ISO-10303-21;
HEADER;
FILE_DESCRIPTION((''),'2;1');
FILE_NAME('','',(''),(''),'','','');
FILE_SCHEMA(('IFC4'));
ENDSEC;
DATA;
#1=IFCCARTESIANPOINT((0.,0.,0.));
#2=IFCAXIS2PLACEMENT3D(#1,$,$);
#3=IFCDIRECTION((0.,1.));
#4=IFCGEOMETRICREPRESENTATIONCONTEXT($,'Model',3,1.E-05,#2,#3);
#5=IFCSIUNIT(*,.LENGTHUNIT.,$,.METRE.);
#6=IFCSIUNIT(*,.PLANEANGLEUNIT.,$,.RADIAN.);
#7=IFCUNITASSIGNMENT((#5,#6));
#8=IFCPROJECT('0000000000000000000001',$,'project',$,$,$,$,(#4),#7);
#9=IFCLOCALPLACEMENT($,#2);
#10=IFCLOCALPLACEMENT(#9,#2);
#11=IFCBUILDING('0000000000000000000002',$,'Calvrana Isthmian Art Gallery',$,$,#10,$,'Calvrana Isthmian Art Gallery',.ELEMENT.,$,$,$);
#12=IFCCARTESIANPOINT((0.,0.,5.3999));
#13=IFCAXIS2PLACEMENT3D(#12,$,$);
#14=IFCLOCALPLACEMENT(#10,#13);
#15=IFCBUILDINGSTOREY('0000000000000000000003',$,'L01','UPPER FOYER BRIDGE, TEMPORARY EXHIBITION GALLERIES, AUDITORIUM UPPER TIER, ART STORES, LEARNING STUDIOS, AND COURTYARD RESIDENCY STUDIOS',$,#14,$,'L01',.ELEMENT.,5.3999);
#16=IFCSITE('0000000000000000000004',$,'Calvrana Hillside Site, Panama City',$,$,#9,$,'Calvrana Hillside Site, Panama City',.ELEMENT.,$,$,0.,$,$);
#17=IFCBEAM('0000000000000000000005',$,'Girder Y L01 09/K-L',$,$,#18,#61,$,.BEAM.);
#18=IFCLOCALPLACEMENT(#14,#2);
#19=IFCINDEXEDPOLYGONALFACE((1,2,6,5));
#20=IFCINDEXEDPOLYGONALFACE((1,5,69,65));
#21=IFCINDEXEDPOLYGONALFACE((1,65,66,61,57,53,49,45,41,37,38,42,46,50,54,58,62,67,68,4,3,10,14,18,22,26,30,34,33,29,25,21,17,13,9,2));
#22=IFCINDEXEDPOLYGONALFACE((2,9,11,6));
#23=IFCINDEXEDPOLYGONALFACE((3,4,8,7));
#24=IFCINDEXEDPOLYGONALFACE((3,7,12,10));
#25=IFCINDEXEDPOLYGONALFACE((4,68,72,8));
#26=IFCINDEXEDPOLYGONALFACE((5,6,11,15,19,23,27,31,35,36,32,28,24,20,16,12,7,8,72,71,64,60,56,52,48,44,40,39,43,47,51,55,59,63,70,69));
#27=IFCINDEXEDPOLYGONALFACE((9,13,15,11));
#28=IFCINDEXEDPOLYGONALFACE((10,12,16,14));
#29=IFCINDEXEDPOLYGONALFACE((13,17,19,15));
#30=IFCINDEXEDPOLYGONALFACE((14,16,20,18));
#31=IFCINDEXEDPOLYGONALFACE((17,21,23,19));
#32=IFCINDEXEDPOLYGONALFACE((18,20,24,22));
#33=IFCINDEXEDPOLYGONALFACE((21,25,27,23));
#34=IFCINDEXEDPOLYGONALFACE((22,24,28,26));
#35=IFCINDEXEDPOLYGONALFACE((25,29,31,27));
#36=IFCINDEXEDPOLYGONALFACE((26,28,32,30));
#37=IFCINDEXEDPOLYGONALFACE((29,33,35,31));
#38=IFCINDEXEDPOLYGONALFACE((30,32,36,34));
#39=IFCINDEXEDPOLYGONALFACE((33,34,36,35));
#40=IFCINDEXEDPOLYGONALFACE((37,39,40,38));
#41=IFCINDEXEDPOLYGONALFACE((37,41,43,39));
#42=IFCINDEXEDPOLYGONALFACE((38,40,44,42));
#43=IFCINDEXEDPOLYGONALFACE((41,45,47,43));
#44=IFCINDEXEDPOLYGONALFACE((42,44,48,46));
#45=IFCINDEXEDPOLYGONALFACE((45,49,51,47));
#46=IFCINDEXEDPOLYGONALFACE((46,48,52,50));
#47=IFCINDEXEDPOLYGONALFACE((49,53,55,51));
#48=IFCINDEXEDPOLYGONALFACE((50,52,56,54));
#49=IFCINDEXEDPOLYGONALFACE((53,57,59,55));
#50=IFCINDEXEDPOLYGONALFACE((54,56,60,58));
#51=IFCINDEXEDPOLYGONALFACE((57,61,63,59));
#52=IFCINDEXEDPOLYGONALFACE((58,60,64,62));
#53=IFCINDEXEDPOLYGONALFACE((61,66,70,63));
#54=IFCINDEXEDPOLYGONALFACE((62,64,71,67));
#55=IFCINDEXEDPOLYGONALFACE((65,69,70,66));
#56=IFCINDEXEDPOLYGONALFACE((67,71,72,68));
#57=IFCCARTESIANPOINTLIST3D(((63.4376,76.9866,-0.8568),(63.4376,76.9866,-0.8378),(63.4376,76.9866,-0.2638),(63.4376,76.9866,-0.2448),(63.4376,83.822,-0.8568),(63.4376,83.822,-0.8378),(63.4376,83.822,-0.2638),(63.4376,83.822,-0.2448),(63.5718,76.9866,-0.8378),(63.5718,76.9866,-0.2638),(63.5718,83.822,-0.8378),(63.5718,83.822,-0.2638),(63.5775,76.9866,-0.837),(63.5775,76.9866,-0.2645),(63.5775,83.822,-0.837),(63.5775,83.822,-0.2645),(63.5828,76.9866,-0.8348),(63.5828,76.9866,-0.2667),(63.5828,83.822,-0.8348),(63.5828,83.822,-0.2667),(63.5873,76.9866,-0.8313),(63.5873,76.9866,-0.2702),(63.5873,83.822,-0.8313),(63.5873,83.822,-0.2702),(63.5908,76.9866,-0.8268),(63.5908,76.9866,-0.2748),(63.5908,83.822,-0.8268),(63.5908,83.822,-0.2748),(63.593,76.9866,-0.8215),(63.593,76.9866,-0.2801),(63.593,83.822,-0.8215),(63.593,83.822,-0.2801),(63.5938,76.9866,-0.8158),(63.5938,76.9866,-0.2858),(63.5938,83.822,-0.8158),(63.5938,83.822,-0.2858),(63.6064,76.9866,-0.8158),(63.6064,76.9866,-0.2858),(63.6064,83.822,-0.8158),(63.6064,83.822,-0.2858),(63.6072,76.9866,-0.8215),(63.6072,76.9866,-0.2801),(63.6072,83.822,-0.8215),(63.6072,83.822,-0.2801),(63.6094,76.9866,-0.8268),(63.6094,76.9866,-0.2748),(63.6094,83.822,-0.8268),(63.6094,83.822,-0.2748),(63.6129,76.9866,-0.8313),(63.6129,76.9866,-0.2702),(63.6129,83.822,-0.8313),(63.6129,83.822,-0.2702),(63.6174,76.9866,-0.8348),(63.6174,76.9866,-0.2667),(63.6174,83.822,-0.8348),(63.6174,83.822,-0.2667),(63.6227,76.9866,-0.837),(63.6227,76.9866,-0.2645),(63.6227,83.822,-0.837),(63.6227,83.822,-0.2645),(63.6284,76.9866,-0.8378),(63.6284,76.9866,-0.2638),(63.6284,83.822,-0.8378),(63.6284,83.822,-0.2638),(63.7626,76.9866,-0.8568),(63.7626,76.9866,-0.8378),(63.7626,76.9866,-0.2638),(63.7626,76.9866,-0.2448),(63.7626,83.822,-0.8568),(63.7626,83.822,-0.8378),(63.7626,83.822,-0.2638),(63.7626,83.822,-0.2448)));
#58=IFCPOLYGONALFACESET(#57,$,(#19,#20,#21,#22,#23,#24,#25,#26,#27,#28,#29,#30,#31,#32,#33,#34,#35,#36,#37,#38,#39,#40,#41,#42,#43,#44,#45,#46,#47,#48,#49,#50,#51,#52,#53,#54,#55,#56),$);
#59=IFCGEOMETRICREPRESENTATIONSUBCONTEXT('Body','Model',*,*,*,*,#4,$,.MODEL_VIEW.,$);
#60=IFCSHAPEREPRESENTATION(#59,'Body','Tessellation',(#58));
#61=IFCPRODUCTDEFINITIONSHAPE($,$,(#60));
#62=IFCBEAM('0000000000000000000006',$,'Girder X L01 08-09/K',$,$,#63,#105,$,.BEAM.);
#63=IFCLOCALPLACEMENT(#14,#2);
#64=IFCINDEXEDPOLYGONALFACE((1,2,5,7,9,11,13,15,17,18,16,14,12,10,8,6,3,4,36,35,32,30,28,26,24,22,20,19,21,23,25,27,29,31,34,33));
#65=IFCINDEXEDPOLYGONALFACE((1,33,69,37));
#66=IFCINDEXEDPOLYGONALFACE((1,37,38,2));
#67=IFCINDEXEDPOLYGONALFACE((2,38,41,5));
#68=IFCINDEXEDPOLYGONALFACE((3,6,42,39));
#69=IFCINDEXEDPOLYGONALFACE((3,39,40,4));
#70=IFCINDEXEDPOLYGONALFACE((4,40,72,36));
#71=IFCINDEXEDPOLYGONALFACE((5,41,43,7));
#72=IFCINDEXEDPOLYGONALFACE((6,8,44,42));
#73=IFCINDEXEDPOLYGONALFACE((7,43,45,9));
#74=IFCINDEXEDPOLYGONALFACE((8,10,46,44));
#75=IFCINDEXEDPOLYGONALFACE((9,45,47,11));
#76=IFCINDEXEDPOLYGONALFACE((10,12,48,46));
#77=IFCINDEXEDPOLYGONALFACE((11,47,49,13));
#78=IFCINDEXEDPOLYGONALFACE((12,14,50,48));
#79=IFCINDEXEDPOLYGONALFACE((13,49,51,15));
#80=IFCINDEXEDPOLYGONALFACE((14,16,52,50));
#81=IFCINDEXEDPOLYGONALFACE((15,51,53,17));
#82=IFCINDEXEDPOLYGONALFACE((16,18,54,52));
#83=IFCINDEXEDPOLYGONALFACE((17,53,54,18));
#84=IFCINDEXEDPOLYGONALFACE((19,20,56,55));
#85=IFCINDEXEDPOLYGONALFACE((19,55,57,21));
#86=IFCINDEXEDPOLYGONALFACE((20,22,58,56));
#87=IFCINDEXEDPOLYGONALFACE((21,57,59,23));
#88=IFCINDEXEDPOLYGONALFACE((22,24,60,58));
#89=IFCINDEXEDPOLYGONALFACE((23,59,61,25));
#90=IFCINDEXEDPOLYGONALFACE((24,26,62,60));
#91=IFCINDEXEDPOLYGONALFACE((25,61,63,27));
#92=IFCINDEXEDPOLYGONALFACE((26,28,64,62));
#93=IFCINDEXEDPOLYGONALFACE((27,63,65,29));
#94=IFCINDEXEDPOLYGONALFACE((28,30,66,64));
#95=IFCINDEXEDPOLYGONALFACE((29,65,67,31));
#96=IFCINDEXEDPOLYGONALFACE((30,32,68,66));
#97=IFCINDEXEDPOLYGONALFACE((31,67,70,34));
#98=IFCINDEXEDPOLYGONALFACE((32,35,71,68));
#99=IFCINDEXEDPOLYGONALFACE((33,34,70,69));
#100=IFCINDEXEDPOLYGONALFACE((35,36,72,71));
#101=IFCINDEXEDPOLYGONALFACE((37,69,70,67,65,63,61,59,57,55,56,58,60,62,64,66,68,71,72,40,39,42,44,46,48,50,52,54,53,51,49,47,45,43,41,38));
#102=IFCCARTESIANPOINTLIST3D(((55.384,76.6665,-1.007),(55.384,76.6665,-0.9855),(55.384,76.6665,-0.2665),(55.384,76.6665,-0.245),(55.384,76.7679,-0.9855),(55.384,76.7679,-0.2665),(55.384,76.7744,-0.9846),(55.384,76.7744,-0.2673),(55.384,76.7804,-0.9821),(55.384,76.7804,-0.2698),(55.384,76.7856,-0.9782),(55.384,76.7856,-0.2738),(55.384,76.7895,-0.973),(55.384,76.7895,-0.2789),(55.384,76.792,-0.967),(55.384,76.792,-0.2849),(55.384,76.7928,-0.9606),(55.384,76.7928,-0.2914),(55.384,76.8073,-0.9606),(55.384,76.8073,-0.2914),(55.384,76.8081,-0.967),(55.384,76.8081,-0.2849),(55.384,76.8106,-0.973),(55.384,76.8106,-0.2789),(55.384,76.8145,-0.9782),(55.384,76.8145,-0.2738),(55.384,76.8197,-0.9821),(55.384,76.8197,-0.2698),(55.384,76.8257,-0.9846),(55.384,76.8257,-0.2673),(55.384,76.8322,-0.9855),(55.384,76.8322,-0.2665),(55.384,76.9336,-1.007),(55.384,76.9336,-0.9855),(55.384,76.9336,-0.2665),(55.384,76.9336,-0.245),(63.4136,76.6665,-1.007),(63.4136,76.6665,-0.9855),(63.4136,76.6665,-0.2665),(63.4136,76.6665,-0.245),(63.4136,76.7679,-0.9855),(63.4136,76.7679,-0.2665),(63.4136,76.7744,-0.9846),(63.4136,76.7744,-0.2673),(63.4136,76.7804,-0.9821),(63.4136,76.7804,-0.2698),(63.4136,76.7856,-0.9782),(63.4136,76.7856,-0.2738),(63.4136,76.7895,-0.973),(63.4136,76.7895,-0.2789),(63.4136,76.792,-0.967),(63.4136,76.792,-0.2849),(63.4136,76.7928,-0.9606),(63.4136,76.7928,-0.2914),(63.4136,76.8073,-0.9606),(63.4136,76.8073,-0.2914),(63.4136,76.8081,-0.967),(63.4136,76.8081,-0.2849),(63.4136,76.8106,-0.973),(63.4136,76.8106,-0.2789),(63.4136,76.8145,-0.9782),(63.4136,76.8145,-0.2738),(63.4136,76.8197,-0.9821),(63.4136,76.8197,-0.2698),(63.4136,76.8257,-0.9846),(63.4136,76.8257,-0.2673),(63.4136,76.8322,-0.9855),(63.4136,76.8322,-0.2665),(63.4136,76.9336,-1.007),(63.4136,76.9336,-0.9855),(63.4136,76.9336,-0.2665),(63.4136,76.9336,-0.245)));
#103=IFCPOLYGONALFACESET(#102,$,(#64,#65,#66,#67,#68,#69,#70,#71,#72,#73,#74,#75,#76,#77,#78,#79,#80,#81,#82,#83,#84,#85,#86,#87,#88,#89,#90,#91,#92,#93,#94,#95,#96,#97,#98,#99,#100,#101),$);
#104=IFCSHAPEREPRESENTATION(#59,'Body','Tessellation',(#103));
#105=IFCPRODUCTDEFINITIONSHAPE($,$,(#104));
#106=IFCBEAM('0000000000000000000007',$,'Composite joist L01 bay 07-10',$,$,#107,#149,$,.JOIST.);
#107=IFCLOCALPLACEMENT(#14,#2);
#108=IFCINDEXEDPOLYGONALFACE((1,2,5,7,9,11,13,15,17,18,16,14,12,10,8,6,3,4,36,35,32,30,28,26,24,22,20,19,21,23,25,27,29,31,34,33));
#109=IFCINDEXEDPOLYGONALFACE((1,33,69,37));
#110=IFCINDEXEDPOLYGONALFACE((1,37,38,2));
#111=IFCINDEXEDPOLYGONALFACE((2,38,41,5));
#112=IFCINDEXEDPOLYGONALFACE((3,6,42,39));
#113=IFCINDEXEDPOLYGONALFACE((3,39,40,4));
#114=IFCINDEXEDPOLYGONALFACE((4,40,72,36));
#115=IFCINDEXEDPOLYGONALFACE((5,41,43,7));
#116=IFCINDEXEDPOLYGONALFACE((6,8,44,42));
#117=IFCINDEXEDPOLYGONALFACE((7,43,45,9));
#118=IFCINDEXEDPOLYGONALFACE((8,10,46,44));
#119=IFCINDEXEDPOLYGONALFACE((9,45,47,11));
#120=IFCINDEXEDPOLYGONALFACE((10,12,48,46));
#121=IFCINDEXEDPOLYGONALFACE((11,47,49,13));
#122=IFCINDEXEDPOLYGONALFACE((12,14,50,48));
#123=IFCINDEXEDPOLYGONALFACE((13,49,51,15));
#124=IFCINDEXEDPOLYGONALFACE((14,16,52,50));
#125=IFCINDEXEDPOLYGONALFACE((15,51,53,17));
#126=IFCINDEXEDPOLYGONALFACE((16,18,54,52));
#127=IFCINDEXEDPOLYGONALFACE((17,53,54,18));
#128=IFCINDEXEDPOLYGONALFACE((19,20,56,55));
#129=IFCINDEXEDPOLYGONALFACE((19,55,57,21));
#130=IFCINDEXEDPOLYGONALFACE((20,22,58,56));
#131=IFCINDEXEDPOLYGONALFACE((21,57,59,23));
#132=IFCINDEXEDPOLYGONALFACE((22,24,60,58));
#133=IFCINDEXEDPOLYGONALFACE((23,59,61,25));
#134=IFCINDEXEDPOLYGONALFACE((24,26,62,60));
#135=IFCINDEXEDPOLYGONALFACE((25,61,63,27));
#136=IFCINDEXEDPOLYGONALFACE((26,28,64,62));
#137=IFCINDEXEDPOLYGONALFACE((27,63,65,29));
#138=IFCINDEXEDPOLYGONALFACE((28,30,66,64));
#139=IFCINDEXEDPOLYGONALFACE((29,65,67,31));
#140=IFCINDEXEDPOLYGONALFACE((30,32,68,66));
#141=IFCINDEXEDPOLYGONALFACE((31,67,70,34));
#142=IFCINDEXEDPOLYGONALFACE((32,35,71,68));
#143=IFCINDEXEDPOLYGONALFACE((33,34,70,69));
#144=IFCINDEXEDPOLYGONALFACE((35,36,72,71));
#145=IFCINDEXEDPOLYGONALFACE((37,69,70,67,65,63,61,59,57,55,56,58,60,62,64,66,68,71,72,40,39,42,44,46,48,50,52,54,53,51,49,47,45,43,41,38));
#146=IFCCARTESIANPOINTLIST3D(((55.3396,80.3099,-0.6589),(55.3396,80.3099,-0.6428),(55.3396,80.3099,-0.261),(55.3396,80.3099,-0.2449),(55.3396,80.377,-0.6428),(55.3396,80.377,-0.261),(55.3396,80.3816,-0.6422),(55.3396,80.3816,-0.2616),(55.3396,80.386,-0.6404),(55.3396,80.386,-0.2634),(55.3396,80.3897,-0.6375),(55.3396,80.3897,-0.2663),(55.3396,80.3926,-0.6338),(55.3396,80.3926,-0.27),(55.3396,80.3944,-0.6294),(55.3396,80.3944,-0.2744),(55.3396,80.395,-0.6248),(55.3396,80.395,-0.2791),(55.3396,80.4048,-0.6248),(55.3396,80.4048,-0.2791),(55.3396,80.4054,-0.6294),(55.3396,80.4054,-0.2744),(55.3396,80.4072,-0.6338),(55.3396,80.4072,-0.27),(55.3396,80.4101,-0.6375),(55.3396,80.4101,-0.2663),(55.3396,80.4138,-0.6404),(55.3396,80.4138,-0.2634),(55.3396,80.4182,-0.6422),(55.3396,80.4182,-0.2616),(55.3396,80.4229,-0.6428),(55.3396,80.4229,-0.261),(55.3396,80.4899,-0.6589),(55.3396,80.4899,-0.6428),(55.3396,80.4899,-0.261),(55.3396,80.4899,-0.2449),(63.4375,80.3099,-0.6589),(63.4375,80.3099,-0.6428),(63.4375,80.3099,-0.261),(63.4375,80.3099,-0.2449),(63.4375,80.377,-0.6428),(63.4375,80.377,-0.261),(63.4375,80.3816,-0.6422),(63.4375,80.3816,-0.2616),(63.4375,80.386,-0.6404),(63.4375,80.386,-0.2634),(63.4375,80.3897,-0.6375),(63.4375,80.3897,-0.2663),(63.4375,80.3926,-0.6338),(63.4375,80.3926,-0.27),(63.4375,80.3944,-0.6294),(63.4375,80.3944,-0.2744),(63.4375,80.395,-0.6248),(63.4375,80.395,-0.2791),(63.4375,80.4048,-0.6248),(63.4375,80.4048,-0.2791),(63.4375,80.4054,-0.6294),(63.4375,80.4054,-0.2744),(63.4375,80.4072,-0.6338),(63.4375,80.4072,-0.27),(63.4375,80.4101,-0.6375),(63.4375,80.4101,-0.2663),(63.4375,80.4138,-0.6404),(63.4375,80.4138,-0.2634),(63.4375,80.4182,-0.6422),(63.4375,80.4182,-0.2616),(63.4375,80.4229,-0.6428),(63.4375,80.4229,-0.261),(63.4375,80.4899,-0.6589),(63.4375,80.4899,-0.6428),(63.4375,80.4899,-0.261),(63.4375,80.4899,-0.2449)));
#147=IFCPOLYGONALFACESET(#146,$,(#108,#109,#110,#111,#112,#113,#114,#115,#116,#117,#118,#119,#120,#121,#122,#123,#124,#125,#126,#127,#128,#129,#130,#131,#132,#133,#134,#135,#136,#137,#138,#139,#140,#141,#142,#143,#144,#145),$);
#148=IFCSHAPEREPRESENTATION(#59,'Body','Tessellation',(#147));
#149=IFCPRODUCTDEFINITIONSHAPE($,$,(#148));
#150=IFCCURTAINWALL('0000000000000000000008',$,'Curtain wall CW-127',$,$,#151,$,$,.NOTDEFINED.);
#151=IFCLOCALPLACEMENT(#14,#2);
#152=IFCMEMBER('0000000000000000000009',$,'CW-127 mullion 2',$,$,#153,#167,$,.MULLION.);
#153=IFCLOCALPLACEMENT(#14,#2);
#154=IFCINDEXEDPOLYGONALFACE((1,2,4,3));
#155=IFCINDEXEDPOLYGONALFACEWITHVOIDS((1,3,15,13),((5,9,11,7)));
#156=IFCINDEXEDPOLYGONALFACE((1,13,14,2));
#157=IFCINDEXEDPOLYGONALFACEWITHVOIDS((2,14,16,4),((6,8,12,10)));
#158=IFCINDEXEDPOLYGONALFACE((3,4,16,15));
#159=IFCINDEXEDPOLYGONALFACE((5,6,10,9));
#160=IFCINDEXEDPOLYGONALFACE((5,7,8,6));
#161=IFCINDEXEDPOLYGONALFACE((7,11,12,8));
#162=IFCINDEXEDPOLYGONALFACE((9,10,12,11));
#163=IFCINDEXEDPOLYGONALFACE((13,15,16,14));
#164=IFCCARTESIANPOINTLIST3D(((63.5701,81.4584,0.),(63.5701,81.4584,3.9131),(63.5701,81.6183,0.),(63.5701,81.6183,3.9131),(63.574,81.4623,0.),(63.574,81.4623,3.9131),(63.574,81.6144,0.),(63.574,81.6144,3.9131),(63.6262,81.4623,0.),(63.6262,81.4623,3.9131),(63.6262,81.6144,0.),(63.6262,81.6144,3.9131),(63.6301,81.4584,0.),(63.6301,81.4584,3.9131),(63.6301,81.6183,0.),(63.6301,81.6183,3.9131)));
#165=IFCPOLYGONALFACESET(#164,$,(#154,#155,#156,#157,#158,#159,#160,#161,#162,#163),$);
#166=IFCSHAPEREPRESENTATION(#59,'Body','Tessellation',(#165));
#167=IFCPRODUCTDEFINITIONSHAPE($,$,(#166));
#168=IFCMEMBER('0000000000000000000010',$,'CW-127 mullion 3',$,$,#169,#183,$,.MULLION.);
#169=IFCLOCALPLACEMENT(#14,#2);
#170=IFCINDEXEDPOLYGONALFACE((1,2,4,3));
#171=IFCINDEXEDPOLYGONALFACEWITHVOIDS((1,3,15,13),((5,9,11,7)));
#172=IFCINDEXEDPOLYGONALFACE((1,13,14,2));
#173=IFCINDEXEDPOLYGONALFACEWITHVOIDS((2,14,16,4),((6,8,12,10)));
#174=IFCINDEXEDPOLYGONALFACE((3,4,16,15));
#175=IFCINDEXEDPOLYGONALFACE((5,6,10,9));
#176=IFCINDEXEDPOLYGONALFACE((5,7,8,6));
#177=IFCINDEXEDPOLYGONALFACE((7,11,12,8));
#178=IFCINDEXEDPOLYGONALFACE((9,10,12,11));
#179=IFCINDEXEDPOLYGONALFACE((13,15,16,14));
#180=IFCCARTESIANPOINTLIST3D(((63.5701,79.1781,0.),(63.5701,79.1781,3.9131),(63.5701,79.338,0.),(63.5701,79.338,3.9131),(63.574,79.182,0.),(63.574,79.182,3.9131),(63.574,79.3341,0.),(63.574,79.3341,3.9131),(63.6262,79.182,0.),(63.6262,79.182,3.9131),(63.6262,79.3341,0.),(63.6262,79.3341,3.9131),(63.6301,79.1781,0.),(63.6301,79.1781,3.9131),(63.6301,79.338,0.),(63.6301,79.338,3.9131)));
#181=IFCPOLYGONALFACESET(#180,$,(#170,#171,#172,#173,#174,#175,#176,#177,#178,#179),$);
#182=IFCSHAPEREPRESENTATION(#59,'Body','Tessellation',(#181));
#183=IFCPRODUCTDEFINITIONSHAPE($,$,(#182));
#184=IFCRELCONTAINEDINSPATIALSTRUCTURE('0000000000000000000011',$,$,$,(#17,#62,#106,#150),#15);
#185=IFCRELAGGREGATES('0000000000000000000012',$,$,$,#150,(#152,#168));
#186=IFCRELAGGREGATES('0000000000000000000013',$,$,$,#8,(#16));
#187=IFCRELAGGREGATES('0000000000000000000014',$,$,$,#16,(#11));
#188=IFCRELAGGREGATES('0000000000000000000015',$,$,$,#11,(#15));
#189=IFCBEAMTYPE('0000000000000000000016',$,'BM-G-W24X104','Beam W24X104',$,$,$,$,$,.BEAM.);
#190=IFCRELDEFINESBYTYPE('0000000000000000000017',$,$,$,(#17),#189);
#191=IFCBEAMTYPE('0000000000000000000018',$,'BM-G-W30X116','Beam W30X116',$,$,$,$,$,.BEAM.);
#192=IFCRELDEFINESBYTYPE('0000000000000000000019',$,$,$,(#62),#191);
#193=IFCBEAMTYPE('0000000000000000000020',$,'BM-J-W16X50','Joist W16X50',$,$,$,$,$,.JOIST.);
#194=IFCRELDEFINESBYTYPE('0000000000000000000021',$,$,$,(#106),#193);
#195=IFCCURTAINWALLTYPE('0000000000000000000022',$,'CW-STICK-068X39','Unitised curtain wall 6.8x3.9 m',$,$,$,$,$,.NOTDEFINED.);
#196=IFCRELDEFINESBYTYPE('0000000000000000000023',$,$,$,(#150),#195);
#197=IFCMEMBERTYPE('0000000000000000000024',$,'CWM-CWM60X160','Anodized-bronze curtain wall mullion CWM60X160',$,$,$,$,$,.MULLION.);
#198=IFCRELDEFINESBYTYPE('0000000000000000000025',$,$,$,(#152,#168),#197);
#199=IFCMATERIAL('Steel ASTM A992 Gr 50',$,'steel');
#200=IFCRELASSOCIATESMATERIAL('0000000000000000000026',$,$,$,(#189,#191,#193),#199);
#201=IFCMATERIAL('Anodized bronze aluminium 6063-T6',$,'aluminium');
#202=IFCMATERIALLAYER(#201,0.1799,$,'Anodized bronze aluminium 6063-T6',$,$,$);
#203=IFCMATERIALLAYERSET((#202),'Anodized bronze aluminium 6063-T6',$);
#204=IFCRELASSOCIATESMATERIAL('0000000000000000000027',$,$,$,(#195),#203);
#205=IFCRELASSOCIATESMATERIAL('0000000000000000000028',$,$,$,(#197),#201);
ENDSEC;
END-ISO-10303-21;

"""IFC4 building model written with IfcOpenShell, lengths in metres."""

from ifc_helpers import new_model, si_unit, direction, frame, origin, origin_2d, place, context, subcontext, project, spatial, hollow_rectangle, i_section, extrude, material, layer, layer_set, material_profile, profile_set, type_object, element, aggregate, save


model = new_model("IFC4")

# Units and contexts
model_context = context("Model", 3, precision=1e-05, world=origin(), true_north=direction((0.0, 1.0)))
body_context = subcontext(model_context, "Body", "Model", "MODEL_VIEW")
ifc_project = project(units=[si_unit("LENGTHUNIT", "METRE"), si_unit("PLANEANGLEUNIT", "RADIAN")], contexts=[model_context])

# Site, building, storey
site_placement = place(None, origin())
site = spatial("IfcSite", under=ifc_project, at=site_placement, Name="Calvrana Hillside Site, Panama City", LongName="Calvrana Hillside Site, Panama City", CompositionType="ELEMENT", RefElevation=0.0)
building_placement = place(site_placement, origin())
building = spatial("IfcBuilding", under=site, at=building_placement, Name="Calvrana Isthmian Art Gallery", LongName="Calvrana Isthmian Art Gallery", CompositionType="ELEMENT")
storey_placement = place(building_placement, frame((0.0, 0.0, 5.3999)))
storey = spatial("IfcBuildingStorey", under=building, at=storey_placement, Name="L01", Description="UPPER FOYER BRIDGE, TEMPORARY EXHIBITION GALLERIES, AUDITORIUM UPPER TIER, ART STORES, LEARNING STUDIOS, AND COURTYARD RESIDENCY STUDIOS", LongName="L01", CompositionType="ELEMENT", Elevation=5.3999)

# Shared definitions
ifc_material_1 = material(Name="Steel ASTM A992 Gr 50", Category="steel")

# Beams
ifc_material_profile_1 = material_profile(ifc_material_1, i_section(OverallWidth=0.325, OverallDepth=0.6121, WebThickness=0.0127, FlangeThickness=0.019, FilletRadius=0.022, at=origin_2d()), Name="W24X104")
ifc_profile_set_1 = profile_set([ifc_material_profile_1], Name="Steel ASTM A992 Gr 50")
beam_type_1 = type_object("IfcBeamType", Name="BM-G-W24X104", Description="Beam W24X104", PredefinedType="BEAM", material=ifc_profile_set_1)
beam_1_placement = place(storey_placement, frame((63.6001, 76.9866, -0.5508), z_axis=(0.0, 1.0, 0.0), x_axis=(-1.0, 0.0, 0.0)))
element("IfcBeam", 1, at=beam_1_placement, inside=storey, type_object=beam_type_1, Name="Girder Y L01 09/K-L", PredefinedType="BEAM", context=body_context, shape_type="SweptSolid", body=[
    extrude(i_section(OverallWidth=0.325, OverallDepth=0.6121, WebThickness=0.0127, FlangeThickness=0.019, FilletRadius=0.022, at=origin_2d()), origin(), (0.0, 0.0, 1.0), 6.8354),
])
ifc_material_profile_2 = material_profile(ifc_material_1, i_section(OverallWidth=0.2671, OverallDepth=0.762, WebThickness=0.0144, FlangeThickness=0.0215, FilletRadius=0.0249, at=origin_2d()), Name="W30X116")
ifc_profile_set_2 = profile_set([ifc_material_profile_2], Name="Steel ASTM A992 Gr 50")
beam_type_2 = type_object("IfcBeamType", Name="BM-G-W30X116", Description="Beam W30X116", PredefinedType="BEAM", material=ifc_profile_set_2)
beam_2_placement = place(storey_placement, frame((55.384, 76.8, -0.626), z_axis=(1.0, 0.0, 0.0), x_axis=(0.0, 1.0, 0.0)))
element("IfcBeam", 2, at=beam_2_placement, inside=storey, type_object=beam_type_2, Name="Girder X L01 08-09/K", PredefinedType="BEAM", context=body_context, shape_type="SweptSolid", body=[
    extrude(i_section(OverallWidth=0.2671, OverallDepth=0.762, WebThickness=0.0144, FlangeThickness=0.0215, FilletRadius=0.0249, at=origin_2d()), origin(), (0.0, 0.0, 1.0), 8.0295),
])
ifc_material_profile_3 = material_profile(ifc_material_1, i_section(OverallWidth=0.1799, OverallDepth=0.4141, WebThickness=0.0098, FlangeThickness=0.0161, FilletRadius=0.0181, at=origin_2d()), Name="W16X50")
ifc_profile_set_3 = profile_set([ifc_material_profile_3], Name="Steel ASTM A992 Gr 50")
beam_type_3 = type_object("IfcBeamType", Name="BM-J-W16X50", Description="Joist W16X50", PredefinedType="JOIST", material=ifc_profile_set_3)
beam_3_placement = place(storey_placement, frame((55.3396, 80.3999, -0.4519), z_axis=(1.0, 0.0, 0.0), x_axis=(0.0, 1.0, 0.0)))
element("IfcBeam", 3, at=beam_3_placement, inside=storey, type_object=beam_type_3, Name="Composite joist L01 bay 07-10", PredefinedType="JOIST", context=body_context, shape_type="SweptSolid", body=[
    extrude(i_section(OverallWidth=0.1799, OverallDepth=0.4141, WebThickness=0.0098, FlangeThickness=0.0161, FilletRadius=0.0181, at=origin_2d()), origin(), (0.0, 0.0, 1.0), 8.0979),
])

# Curtain wall, members
ifc_material_2 = material(Name="Anodized bronze aluminium 6063-T6", Category="aluminium")
ifc_layer_1 = layer(ifc_material_2, 0.1799, Name="Anodized bronze aluminium 6063-T6")
ifc_layer_set_1 = layer_set([ifc_layer_1], Name="Anodized bronze aluminium 6063-T6")
curtain_wall_type = type_object("IfcCurtainWallType", Name="CW-STICK-068X39", Description="Unitised curtain wall 6.8x3.9 m", PredefinedType="NOTDEFINED", material=ifc_layer_set_1)
curtain_wall_placement = place(storey_placement, origin())
curtain_wall = element("IfcCurtainWall", 4, at=curtain_wall_placement, inside=storey, type_object=curtain_wall_type, Name="Curtain wall CW-127", PredefinedType="NOTDEFINED")
ifc_material_profile_4 = material_profile(ifc_material_2, hollow_rectangle(XDim=0.0601, YDim=0.1599, WallThickness=0.0039, at=origin_2d()), Name="CWM60X160")
ifc_profile_set_4 = profile_set([ifc_material_profile_4], Name="Anodized bronze aluminium 6063-T6")
member_type_1 = type_object("IfcMemberType", Name="CWM-CWM60X160", Description="Anodized-bronze curtain wall mullion CWM60X160", PredefinedType="MULLION", material=ifc_profile_set_4)
member_1_placement = place(storey_placement, frame((63.6001, 81.5383, 0.0), z_axis=(0.0, 0.0, 1.0), x_axis=(1.0, 0.0, 0.0)))
member_1 = element("IfcMember", 5, at=member_1_placement, type_object=member_type_1, Name="CW-127 mullion 2", PredefinedType="MULLION", context=body_context, shape_type="SweptSolid", body=[
    extrude(hollow_rectangle(XDim=0.0601, YDim=0.1599, WallThickness=0.0039, at=origin_2d()), origin(), (0.0, 0.0, 1.0), 3.9131),
])
member_2_placement = place(storey_placement, frame((63.6001, 79.2581, 0.0), z_axis=(0.0, 0.0, 1.0), x_axis=(1.0, 0.0, 0.0)))
member_2 = element("IfcMember", 6, at=member_2_placement, type_object=member_type_1, Name="CW-127 mullion 3", PredefinedType="MULLION", context=body_context, shape_type="SweptSolid", body=[
    extrude(hollow_rectangle(XDim=0.0601, YDim=0.1599, WallThickness=0.0039, at=origin_2d()), origin(), (0.0, 0.0, 1.0), 3.9131),
])
aggregate(curtain_wall, [member_1, member_2])

save(model, "model.ifc")
